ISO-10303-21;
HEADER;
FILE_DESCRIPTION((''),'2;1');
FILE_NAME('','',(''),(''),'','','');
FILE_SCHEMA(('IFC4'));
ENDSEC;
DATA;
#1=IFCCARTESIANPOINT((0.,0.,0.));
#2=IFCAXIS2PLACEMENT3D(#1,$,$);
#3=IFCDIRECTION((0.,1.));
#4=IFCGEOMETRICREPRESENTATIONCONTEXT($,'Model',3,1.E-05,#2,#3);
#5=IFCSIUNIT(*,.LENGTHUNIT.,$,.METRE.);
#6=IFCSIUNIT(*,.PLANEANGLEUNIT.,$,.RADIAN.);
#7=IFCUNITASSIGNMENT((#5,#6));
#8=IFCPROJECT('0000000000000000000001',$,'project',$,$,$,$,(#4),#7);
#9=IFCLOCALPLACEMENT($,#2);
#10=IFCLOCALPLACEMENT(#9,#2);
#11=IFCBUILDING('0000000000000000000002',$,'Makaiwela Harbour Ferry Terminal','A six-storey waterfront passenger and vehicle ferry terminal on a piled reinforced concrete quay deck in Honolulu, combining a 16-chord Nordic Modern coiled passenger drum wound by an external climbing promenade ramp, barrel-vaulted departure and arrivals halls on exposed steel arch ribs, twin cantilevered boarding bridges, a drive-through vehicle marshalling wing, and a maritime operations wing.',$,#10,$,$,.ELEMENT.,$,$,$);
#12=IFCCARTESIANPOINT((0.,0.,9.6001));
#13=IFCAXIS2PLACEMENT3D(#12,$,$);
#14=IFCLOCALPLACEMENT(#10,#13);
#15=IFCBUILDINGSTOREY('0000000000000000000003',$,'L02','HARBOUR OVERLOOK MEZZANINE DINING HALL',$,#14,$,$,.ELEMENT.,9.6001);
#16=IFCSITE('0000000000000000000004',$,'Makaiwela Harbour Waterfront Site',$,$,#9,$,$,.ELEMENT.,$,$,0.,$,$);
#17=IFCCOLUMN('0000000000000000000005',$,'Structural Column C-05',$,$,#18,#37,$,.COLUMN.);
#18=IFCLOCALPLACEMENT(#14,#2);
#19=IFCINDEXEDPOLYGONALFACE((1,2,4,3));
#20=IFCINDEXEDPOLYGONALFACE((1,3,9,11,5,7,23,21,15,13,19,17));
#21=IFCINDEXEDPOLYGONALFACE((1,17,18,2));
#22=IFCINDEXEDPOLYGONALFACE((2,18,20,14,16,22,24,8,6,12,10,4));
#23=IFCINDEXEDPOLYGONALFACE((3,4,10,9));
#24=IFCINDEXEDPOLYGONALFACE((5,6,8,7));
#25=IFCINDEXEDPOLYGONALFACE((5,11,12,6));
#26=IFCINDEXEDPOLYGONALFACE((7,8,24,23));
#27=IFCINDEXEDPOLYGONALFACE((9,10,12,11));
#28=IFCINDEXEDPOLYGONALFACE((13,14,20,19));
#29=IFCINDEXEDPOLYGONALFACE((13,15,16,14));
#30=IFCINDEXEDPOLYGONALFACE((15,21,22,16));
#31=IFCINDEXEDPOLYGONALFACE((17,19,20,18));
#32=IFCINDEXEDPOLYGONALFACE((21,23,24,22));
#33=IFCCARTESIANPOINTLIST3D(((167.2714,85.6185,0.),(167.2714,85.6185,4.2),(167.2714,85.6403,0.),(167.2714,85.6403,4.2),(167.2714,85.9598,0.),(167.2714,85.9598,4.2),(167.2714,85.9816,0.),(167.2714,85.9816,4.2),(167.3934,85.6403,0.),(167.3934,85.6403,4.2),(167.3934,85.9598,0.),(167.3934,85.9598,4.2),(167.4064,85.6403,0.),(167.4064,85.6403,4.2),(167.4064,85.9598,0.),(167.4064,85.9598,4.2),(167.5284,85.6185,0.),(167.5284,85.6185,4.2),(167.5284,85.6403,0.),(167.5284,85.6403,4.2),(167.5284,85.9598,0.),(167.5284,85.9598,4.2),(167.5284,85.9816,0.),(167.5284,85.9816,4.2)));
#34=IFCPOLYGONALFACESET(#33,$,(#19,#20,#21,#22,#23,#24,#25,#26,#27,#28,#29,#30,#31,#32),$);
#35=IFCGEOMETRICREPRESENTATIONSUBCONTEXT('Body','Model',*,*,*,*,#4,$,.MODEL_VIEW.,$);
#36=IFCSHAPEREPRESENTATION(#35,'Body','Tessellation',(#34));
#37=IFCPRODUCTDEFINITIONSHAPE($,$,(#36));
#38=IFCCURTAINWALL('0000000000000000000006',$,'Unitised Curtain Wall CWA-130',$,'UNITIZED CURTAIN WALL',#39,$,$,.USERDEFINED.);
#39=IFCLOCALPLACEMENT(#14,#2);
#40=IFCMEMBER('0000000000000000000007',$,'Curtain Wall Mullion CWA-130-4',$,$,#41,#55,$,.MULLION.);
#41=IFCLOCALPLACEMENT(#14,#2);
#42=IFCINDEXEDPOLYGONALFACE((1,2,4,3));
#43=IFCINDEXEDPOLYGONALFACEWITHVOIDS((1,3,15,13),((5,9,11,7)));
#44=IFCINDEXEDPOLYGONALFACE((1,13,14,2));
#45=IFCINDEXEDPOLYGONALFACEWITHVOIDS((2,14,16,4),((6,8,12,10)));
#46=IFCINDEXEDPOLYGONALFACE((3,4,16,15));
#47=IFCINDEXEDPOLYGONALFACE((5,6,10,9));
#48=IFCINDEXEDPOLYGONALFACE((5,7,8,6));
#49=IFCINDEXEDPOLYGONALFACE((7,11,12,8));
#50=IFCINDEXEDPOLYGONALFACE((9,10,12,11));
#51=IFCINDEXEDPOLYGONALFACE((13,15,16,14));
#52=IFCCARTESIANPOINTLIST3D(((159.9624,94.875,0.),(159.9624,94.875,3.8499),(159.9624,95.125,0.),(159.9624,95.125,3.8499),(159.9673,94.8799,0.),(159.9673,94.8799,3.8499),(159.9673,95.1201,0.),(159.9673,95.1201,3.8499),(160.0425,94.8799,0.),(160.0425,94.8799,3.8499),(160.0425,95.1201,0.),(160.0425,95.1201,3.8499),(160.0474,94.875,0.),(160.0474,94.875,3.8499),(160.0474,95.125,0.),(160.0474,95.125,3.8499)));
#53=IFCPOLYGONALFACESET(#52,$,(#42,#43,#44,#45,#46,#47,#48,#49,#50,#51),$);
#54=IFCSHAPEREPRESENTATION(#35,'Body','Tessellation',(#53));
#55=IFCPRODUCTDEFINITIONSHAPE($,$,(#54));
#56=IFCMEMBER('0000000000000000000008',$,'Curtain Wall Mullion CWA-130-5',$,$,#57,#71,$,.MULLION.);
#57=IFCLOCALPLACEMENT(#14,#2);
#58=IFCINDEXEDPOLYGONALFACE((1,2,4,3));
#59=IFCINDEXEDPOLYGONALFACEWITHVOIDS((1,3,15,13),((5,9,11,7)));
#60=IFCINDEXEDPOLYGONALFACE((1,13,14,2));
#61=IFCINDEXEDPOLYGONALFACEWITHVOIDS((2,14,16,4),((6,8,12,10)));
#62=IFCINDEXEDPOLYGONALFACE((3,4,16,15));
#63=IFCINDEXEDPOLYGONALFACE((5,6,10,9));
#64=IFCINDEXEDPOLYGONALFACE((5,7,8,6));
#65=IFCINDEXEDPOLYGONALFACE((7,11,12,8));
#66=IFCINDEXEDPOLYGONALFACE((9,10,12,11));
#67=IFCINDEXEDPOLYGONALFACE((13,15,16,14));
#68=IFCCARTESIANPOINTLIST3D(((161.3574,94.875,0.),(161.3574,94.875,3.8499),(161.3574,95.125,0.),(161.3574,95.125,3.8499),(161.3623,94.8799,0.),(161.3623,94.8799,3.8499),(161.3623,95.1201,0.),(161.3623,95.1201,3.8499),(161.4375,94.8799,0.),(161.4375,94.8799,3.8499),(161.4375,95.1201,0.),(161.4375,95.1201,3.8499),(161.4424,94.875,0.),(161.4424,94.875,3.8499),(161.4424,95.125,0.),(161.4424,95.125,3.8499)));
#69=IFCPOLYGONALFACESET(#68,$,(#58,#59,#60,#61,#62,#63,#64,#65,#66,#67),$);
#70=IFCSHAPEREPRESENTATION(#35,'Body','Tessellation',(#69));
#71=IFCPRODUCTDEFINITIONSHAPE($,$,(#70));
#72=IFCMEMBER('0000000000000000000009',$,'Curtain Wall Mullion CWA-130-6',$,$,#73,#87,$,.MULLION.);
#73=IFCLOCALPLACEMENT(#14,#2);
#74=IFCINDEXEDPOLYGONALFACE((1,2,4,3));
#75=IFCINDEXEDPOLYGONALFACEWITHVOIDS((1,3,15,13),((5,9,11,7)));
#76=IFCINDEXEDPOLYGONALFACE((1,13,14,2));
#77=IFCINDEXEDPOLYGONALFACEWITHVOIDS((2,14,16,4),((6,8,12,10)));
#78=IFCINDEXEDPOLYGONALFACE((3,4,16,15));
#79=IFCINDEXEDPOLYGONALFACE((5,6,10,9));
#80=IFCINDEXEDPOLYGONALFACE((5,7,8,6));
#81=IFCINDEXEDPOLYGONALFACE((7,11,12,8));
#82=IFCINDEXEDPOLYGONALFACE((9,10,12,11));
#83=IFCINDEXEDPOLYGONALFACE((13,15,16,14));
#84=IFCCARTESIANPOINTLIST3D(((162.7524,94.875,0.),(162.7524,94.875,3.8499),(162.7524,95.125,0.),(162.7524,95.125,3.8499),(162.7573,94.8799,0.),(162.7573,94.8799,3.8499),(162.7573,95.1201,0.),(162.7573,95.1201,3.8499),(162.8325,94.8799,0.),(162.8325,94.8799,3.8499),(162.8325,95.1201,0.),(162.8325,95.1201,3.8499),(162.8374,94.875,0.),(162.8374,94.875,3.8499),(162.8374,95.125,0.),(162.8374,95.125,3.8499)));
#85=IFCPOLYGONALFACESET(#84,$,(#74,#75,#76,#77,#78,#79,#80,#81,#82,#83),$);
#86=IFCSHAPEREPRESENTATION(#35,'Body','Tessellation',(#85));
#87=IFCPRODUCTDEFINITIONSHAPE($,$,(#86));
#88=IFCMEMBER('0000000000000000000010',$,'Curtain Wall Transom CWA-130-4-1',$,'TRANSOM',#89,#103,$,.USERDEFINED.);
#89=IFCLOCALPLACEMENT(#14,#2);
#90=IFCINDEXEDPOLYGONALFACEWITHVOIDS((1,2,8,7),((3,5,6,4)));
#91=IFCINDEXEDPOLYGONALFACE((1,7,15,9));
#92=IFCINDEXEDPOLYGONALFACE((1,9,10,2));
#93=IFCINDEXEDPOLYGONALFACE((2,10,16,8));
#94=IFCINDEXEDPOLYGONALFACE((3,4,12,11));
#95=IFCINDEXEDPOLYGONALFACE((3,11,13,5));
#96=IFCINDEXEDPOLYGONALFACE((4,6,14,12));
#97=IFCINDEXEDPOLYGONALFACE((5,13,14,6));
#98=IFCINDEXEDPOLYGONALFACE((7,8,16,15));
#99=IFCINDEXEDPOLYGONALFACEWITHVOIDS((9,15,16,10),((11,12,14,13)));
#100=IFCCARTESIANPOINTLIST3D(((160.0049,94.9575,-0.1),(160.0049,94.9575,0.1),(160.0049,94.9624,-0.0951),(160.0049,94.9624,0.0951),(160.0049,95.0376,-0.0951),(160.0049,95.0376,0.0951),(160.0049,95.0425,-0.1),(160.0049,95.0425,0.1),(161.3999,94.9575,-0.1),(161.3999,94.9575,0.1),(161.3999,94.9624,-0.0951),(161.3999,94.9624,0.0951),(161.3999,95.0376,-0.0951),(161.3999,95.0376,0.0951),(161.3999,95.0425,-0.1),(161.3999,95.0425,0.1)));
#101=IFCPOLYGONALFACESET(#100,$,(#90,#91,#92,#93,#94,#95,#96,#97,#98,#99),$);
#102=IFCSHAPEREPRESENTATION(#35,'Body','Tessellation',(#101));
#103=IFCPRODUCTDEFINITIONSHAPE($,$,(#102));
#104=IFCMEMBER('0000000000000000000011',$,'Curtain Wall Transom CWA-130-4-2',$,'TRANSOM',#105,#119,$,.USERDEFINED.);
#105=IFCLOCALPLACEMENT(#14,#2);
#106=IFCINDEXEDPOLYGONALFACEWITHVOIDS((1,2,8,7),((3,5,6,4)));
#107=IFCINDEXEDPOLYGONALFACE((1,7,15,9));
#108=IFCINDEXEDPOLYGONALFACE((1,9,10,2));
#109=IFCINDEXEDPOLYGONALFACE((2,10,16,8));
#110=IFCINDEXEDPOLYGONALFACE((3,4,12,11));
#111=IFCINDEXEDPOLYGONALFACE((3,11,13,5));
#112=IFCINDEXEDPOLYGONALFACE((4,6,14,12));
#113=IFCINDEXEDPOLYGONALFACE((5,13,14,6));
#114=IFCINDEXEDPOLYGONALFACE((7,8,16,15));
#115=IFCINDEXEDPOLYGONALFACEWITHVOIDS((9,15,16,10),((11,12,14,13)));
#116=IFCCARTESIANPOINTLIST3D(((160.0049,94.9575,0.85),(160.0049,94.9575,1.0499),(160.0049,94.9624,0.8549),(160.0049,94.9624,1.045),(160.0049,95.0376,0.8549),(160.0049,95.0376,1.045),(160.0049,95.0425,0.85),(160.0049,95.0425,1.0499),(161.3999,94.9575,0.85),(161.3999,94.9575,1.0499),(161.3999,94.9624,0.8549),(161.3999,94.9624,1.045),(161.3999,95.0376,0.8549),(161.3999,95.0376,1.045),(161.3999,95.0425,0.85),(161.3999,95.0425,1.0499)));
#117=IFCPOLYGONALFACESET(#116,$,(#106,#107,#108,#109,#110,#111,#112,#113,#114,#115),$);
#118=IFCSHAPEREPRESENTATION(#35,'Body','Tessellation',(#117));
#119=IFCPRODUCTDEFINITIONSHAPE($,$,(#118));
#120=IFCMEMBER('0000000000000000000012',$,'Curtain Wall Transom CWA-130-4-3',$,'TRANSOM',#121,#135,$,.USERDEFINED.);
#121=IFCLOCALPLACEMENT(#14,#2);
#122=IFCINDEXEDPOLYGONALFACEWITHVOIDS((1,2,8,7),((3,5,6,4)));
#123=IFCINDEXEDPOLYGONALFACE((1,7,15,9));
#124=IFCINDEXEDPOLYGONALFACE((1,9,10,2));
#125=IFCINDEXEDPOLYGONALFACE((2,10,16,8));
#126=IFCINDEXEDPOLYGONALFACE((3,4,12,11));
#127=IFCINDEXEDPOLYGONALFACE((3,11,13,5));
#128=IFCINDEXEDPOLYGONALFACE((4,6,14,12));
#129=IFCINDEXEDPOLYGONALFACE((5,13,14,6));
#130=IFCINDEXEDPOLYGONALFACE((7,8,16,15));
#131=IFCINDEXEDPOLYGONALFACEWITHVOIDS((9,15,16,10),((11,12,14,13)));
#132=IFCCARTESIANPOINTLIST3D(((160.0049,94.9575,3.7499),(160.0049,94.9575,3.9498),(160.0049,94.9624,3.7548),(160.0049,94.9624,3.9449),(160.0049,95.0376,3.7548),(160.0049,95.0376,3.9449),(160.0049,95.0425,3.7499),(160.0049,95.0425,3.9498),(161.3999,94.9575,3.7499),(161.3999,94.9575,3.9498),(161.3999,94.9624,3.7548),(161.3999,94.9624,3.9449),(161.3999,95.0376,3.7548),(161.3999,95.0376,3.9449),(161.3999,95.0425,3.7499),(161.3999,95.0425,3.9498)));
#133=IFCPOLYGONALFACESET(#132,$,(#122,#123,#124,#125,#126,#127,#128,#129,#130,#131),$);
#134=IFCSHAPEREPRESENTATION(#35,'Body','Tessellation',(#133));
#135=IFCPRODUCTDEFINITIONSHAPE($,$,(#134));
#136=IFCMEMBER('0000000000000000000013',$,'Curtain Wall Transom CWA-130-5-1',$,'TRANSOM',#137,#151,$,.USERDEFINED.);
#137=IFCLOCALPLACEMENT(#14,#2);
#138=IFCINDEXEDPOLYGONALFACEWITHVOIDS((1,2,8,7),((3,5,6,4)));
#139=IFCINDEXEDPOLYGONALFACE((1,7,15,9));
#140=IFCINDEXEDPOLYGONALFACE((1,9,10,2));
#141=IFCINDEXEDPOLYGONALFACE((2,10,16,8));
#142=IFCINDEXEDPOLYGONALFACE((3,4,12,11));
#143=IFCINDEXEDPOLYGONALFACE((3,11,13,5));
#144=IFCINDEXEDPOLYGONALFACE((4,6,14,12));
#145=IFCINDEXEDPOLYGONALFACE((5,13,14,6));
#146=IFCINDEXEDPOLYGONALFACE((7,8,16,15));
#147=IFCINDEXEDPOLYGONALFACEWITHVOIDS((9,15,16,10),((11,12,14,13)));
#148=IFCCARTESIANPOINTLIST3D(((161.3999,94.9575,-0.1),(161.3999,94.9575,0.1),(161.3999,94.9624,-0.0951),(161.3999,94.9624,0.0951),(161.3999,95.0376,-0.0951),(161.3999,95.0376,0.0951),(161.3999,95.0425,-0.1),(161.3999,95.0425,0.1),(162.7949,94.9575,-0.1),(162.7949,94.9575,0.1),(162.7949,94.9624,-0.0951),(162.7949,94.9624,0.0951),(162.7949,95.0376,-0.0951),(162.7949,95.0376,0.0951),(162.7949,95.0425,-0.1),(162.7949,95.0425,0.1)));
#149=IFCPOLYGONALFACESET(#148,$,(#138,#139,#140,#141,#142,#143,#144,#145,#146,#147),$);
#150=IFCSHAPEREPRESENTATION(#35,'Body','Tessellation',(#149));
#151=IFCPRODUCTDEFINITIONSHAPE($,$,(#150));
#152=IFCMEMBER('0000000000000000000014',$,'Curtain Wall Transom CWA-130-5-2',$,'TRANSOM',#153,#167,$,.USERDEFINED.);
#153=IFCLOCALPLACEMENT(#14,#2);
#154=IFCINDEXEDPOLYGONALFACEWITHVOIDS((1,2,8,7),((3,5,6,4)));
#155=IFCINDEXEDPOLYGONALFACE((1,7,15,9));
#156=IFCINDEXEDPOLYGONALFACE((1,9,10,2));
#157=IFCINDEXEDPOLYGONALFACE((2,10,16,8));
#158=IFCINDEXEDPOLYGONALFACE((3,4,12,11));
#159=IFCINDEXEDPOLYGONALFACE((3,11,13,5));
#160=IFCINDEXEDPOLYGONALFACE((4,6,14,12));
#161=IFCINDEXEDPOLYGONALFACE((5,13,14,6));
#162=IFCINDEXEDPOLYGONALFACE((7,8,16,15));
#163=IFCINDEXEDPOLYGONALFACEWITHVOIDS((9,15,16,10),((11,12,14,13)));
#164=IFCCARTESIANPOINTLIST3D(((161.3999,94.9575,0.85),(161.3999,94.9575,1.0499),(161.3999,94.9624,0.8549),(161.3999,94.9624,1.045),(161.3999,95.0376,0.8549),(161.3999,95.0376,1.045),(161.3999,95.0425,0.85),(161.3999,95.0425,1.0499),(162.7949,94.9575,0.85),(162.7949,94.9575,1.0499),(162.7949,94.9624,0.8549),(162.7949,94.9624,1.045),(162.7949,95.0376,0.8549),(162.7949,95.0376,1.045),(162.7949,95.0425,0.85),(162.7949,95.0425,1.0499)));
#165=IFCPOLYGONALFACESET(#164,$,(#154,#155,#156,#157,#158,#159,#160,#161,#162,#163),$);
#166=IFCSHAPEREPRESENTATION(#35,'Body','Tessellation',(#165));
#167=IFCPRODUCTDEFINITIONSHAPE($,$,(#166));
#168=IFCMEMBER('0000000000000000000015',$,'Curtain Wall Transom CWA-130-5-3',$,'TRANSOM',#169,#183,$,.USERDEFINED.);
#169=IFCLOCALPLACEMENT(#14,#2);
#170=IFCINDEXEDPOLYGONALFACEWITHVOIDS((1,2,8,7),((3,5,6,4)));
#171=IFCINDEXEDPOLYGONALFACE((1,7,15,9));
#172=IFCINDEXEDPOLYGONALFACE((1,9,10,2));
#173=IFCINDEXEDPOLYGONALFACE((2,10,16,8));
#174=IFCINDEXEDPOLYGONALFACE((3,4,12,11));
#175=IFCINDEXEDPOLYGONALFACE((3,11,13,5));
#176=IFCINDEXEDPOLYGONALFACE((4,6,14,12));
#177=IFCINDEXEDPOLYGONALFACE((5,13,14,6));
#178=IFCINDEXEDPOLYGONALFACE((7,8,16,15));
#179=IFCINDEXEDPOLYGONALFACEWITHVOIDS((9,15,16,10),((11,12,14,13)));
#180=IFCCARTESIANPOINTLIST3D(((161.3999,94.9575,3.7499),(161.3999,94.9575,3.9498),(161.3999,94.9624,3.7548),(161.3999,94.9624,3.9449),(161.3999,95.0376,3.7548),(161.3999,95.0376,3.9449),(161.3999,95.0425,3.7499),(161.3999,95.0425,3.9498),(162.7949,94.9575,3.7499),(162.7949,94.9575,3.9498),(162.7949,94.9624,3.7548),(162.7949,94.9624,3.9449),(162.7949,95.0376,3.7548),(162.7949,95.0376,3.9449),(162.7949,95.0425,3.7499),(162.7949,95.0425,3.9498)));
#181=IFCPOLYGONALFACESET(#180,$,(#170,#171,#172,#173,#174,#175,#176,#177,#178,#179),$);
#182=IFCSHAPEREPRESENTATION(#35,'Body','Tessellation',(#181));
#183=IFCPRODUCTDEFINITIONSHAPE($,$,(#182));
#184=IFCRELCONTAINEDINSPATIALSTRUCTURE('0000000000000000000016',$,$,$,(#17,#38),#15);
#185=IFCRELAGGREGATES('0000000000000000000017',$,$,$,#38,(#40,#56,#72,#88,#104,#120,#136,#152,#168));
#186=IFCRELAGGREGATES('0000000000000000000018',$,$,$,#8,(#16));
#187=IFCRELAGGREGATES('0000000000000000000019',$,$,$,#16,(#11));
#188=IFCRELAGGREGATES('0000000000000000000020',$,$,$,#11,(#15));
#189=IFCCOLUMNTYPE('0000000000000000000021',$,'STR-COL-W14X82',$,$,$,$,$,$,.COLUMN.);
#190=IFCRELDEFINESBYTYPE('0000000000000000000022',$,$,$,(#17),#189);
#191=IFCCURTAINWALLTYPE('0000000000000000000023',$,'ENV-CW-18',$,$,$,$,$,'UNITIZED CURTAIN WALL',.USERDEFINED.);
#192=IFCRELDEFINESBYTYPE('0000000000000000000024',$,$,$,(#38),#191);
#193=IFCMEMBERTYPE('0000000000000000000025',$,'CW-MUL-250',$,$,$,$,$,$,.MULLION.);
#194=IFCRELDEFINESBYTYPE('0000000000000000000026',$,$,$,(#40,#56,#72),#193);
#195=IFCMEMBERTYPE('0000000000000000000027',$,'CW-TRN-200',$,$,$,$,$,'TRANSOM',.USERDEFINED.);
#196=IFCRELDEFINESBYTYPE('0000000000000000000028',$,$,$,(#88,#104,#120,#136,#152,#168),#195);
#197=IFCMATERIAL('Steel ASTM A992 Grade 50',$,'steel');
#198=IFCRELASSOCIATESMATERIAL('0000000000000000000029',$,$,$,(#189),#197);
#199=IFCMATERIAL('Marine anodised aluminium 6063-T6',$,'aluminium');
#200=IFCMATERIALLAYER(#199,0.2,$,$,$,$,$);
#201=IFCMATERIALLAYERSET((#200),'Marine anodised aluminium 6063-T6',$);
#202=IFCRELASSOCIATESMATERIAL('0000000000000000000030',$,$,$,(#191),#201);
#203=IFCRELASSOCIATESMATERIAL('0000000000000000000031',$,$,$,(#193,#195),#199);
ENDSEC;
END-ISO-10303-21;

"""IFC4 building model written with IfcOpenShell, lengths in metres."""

from ifc_helpers import new_model, si_unit, direction, frame, origin, origin_2d, place, context, subcontext, project, spatial, hollow_rectangle, i_section, extrude, material, layer, layer_set, material_profile, profile_set, type_object, element, aggregate, save


model = new_model("IFC4")

# Units and contexts
model_context = context("Model", 3, precision=1e-05, world=origin(), true_north=direction((0.0, 1.0)))
body_context = subcontext(model_context, "Body", "Model", "MODEL_VIEW")
ifc_project = project(units=[si_unit("LENGTHUNIT", "METRE"), si_unit("PLANEANGLEUNIT", "RADIAN")], contexts=[model_context])

# Site, building, storey
site_placement = place(None, origin())
site = spatial("IfcSite", under=ifc_project, at=site_placement, Name="Makaiwela Harbour Waterfront Site", CompositionType="ELEMENT", RefElevation=0.0)
building_placement = place(site_placement, origin())
building = spatial("IfcBuilding", under=site, at=building_placement, Name="Makaiwela Harbour Ferry Terminal", Description="A six-storey waterfront passenger and vehicle ferry terminal on a piled reinforced concrete quay deck in Honolulu, combining a 16-chord Nordic Modern coiled passenger drum wound by an external climbing promenade ramp, barrel-vaulted departure and arrivals halls on exposed steel arch ribs, twin cantilevered boarding bridges, a drive-through vehicle marshalling wing, and a maritime operations wing.", CompositionType="ELEMENT")
storey_placement = place(building_placement, frame((0.0, 0.0, 9.6001)))
storey = spatial("IfcBuildingStorey", under=building, at=storey_placement, Name="L02", Description="HARBOUR OVERLOOK MEZZANINE DINING HALL", CompositionType="ELEMENT", Elevation=9.6001)

# Column
ifc_material_1 = material(Name="Steel ASTM A992 Grade 50", Category="steel")
ifc_material_profile_1 = material_profile(ifc_material_1, i_section(OverallWidth=0.2571, OverallDepth=0.363, WebThickness=0.0129, FlangeThickness=0.0217, at=origin_2d()), Name="W14X82")
ifc_profile_set_1 = profile_set([ifc_material_profile_1], Name="Steel ASTM A992 Grade 50")
column_type = type_object("IfcColumnType", Name="STR-COL-W14X82", PredefinedType="COLUMN", material=ifc_profile_set_1)
column_placement = place(storey_placement, frame((167.3999, 85.8, 0.0), z_axis=(0.0, 0.0, 1.0), x_axis=(1.0, 0.0, 0.0)))
element("IfcColumn", 1, at=column_placement, inside=storey, type_object=column_type, Name="Structural Column C-05", PredefinedType="COLUMN", context=body_context, shape_type="SweptSolid", body=[
    extrude(i_section(OverallWidth=0.2571, OverallDepth=0.363, WebThickness=0.0129, FlangeThickness=0.0217, at=origin_2d()), origin(), (0.0, 0.0, 1.0), 4.2),
])

# Curtain wall, members
ifc_material_2 = material(Name="Marine anodised aluminium 6063-T6", Category="aluminium")
ifc_layer_1 = layer(ifc_material_2, 0.2)
ifc_layer_set_1 = layer_set([ifc_layer_1], Name="Marine anodised aluminium 6063-T6")
curtain_wall_type = type_object("IfcCurtainWallType", Name="ENV-CW-18", ElementType="UNITIZED CURTAIN WALL", PredefinedType="USERDEFINED", material=ifc_layer_set_1)
curtain_wall_placement = place(storey_placement, origin())
curtain_wall = element("IfcCurtainWall", 2, at=curtain_wall_placement, inside=storey, type_object=curtain_wall_type, Name="Unitised Curtain Wall CWA-130", ObjectType="UNITIZED CURTAIN WALL", PredefinedType="USERDEFINED")
ifc_material_profile_2 = material_profile(ifc_material_2, hollow_rectangle(XDim=0.085, YDim=0.25, WallThickness=0.0049, at=origin_2d()), Name="CWM-250X85")
ifc_profile_set_2 = profile_set([ifc_material_profile_2], Name="Marine anodised aluminium 6063-T6")
member_type_1 = type_object("IfcMemberType", Name="CW-MUL-250", PredefinedType="MULLION", material=ifc_profile_set_2)
member_1_placement = place(storey_placement, frame((160.0049, 95.0, 0.0), z_axis=(0.0, 0.0, 1.0), x_axis=(1.0, 0.0, 0.0)))
member_1 = element("IfcMember", 3, at=member_1_placement, type_object=member_type_1, Name="Curtain Wall Mullion CWA-130-4", PredefinedType="MULLION", context=body_context, shape_type="SweptSolid", body=[
    extrude(hollow_rectangle(XDim=0.085, YDim=0.25, WallThickness=0.0049, at=origin_2d()), origin(), (0.0, 0.0, 1.0), 3.8499),
])
member_2_placement = place(storey_placement, frame((161.3999, 95.0, 0.0), z_axis=(0.0, 0.0, 1.0), x_axis=(1.0, 0.0, 0.0)))
member_2 = element("IfcMember", 4, at=member_2_placement, type_object=member_type_1, Name="Curtain Wall Mullion CWA-130-5", PredefinedType="MULLION", context=body_context, shape_type="SweptSolid", body=[
    extrude(hollow_rectangle(XDim=0.085, YDim=0.25, WallThickness=0.0049, at=origin_2d()), origin(), (0.0, 0.0, 1.0), 3.8499),
])
member_3_placement = place(storey_placement, frame((162.7949, 95.0, 0.0), z_axis=(0.0, 0.0, 1.0), x_axis=(1.0, 0.0, 0.0)))
member_3 = element("IfcMember", 5, at=member_3_placement, type_object=member_type_1, Name="Curtain Wall Mullion CWA-130-6", PredefinedType="MULLION", context=body_context, shape_type="SweptSolid", body=[
    extrude(hollow_rectangle(XDim=0.085, YDim=0.25, WallThickness=0.0049, at=origin_2d()), origin(), (0.0, 0.0, 1.0), 3.8499),
])
ifc_material_profile_3 = material_profile(ifc_material_2, hollow_rectangle(XDim=0.085, YDim=0.2, WallThickness=0.0049, at=origin_2d()), Name="CWT-200X85")
ifc_profile_set_3 = profile_set([ifc_material_profile_3], Name="Marine anodised aluminium 6063-T6")
member_type_2 = type_object("IfcMemberType", Name="CW-TRN-200", ElementType="TRANSOM", PredefinedType="USERDEFINED", material=ifc_profile_set_3)
member_4_placement = place(storey_placement, frame((160.0049, 95.0, 0.0), z_axis=(1.0, 0.0, 0.0), x_axis=(0.0, 1.0, 0.0)))
member_4 = element("IfcMember", 6, at=member_4_placement, type_object=member_type_2, Name="Curtain Wall Transom CWA-130-4-1", ObjectType="TRANSOM", PredefinedType="USERDEFINED", context=body_context, shape_type="SweptSolid", body=[
    extrude(hollow_rectangle(XDim=0.085, YDim=0.2, WallThickness=0.0049, at=origin_2d()), origin(), (0.0, 0.0, 1.0), 1.395),
])
member_5_placement = place(storey_placement, frame((160.0049, 95.0, 0.95), z_axis=(1.0, 0.0, 0.0), x_axis=(0.0, 1.0, 0.0)))
member_5 = element("IfcMember", 7, at=member_5_placement, type_object=member_type_2, Name="Curtain Wall Transom CWA-130-4-2", ObjectType="TRANSOM", PredefinedType="USERDEFINED", context=body_context, shape_type="SweptSolid", body=[
    extrude(hollow_rectangle(XDim=0.085, YDim=0.2, WallThickness=0.0049, at=origin_2d()), origin(), (0.0, 0.0, 1.0), 1.395),
])
member_6_placement = place(storey_placement, frame((160.0049, 95.0, 3.8499), z_axis=(1.0, 0.0, 0.0), x_axis=(0.0, 1.0, 0.0)))
member_6 = element("IfcMember", 8, at=member_6_placement, type_object=member_type_2, Name="Curtain Wall Transom CWA-130-4-3", ObjectType="TRANSOM", PredefinedType="USERDEFINED", context=body_context, shape_type="SweptSolid", body=[
    extrude(hollow_rectangle(XDim=0.085, YDim=0.2, WallThickness=0.0049, at=origin_2d()), origin(), (0.0, 0.0, 1.0), 1.395),
])
member_7_placement = place(storey_placement, frame((161.3999, 95.0, 0.0), z_axis=(1.0, 0.0, 0.0), x_axis=(0.0, 1.0, 0.0)))
member_7 = element("IfcMember", 9, at=member_7_placement, type_object=member_type_2, Name="Curtain Wall Transom CWA-130-5-1", ObjectType="TRANSOM", PredefinedType="USERDEFINED", context=body_context, shape_type="SweptSolid", body=[
    extrude(hollow_rectangle(XDim=0.085, YDim=0.2, WallThickness=0.0049, at=origin_2d()), origin(), (0.0, 0.0, 1.0), 1.395),
])
member_8_placement = place(storey_placement, frame((161.3999, 95.0, 0.95), z_axis=(1.0, 0.0, 0.0), x_axis=(0.0, 1.0, 0.0)))
member_8 = element("IfcMember", 10, at=member_8_placement, type_object=member_type_2, Name="Curtain Wall Transom CWA-130-5-2", ObjectType="TRANSOM", PredefinedType="USERDEFINED", context=body_context, shape_type="SweptSolid", body=[
    extrude(hollow_rectangle(XDim=0.085, YDim=0.2, WallThickness=0.0049, at=origin_2d()), origin(), (0.0, 0.0, 1.0), 1.395),
])
member_9_placement = place(storey_placement, frame((161.3999, 95.0, 3.8499), z_axis=(1.0, 0.0, 0.0), x_axis=(0.0, 1.0, 0.0)))
member_9 = element("IfcMember", 11, at=member_9_placement, type_object=member_type_2, Name="Curtain Wall Transom CWA-130-5-3", ObjectType="TRANSOM", PredefinedType="USERDEFINED", context=body_context, shape_type="SweptSolid", body=[
    extrude(hollow_rectangle(XDim=0.085, YDim=0.2, WallThickness=0.0049, at=origin_2d()), origin(), (0.0, 0.0, 1.0), 1.395),
])

aggregate(curtain_wall, [member_1, member_2, member_3, member_4, member_5, member_6, member_7, member_8, member_9])

save(model, "model.ifc")
